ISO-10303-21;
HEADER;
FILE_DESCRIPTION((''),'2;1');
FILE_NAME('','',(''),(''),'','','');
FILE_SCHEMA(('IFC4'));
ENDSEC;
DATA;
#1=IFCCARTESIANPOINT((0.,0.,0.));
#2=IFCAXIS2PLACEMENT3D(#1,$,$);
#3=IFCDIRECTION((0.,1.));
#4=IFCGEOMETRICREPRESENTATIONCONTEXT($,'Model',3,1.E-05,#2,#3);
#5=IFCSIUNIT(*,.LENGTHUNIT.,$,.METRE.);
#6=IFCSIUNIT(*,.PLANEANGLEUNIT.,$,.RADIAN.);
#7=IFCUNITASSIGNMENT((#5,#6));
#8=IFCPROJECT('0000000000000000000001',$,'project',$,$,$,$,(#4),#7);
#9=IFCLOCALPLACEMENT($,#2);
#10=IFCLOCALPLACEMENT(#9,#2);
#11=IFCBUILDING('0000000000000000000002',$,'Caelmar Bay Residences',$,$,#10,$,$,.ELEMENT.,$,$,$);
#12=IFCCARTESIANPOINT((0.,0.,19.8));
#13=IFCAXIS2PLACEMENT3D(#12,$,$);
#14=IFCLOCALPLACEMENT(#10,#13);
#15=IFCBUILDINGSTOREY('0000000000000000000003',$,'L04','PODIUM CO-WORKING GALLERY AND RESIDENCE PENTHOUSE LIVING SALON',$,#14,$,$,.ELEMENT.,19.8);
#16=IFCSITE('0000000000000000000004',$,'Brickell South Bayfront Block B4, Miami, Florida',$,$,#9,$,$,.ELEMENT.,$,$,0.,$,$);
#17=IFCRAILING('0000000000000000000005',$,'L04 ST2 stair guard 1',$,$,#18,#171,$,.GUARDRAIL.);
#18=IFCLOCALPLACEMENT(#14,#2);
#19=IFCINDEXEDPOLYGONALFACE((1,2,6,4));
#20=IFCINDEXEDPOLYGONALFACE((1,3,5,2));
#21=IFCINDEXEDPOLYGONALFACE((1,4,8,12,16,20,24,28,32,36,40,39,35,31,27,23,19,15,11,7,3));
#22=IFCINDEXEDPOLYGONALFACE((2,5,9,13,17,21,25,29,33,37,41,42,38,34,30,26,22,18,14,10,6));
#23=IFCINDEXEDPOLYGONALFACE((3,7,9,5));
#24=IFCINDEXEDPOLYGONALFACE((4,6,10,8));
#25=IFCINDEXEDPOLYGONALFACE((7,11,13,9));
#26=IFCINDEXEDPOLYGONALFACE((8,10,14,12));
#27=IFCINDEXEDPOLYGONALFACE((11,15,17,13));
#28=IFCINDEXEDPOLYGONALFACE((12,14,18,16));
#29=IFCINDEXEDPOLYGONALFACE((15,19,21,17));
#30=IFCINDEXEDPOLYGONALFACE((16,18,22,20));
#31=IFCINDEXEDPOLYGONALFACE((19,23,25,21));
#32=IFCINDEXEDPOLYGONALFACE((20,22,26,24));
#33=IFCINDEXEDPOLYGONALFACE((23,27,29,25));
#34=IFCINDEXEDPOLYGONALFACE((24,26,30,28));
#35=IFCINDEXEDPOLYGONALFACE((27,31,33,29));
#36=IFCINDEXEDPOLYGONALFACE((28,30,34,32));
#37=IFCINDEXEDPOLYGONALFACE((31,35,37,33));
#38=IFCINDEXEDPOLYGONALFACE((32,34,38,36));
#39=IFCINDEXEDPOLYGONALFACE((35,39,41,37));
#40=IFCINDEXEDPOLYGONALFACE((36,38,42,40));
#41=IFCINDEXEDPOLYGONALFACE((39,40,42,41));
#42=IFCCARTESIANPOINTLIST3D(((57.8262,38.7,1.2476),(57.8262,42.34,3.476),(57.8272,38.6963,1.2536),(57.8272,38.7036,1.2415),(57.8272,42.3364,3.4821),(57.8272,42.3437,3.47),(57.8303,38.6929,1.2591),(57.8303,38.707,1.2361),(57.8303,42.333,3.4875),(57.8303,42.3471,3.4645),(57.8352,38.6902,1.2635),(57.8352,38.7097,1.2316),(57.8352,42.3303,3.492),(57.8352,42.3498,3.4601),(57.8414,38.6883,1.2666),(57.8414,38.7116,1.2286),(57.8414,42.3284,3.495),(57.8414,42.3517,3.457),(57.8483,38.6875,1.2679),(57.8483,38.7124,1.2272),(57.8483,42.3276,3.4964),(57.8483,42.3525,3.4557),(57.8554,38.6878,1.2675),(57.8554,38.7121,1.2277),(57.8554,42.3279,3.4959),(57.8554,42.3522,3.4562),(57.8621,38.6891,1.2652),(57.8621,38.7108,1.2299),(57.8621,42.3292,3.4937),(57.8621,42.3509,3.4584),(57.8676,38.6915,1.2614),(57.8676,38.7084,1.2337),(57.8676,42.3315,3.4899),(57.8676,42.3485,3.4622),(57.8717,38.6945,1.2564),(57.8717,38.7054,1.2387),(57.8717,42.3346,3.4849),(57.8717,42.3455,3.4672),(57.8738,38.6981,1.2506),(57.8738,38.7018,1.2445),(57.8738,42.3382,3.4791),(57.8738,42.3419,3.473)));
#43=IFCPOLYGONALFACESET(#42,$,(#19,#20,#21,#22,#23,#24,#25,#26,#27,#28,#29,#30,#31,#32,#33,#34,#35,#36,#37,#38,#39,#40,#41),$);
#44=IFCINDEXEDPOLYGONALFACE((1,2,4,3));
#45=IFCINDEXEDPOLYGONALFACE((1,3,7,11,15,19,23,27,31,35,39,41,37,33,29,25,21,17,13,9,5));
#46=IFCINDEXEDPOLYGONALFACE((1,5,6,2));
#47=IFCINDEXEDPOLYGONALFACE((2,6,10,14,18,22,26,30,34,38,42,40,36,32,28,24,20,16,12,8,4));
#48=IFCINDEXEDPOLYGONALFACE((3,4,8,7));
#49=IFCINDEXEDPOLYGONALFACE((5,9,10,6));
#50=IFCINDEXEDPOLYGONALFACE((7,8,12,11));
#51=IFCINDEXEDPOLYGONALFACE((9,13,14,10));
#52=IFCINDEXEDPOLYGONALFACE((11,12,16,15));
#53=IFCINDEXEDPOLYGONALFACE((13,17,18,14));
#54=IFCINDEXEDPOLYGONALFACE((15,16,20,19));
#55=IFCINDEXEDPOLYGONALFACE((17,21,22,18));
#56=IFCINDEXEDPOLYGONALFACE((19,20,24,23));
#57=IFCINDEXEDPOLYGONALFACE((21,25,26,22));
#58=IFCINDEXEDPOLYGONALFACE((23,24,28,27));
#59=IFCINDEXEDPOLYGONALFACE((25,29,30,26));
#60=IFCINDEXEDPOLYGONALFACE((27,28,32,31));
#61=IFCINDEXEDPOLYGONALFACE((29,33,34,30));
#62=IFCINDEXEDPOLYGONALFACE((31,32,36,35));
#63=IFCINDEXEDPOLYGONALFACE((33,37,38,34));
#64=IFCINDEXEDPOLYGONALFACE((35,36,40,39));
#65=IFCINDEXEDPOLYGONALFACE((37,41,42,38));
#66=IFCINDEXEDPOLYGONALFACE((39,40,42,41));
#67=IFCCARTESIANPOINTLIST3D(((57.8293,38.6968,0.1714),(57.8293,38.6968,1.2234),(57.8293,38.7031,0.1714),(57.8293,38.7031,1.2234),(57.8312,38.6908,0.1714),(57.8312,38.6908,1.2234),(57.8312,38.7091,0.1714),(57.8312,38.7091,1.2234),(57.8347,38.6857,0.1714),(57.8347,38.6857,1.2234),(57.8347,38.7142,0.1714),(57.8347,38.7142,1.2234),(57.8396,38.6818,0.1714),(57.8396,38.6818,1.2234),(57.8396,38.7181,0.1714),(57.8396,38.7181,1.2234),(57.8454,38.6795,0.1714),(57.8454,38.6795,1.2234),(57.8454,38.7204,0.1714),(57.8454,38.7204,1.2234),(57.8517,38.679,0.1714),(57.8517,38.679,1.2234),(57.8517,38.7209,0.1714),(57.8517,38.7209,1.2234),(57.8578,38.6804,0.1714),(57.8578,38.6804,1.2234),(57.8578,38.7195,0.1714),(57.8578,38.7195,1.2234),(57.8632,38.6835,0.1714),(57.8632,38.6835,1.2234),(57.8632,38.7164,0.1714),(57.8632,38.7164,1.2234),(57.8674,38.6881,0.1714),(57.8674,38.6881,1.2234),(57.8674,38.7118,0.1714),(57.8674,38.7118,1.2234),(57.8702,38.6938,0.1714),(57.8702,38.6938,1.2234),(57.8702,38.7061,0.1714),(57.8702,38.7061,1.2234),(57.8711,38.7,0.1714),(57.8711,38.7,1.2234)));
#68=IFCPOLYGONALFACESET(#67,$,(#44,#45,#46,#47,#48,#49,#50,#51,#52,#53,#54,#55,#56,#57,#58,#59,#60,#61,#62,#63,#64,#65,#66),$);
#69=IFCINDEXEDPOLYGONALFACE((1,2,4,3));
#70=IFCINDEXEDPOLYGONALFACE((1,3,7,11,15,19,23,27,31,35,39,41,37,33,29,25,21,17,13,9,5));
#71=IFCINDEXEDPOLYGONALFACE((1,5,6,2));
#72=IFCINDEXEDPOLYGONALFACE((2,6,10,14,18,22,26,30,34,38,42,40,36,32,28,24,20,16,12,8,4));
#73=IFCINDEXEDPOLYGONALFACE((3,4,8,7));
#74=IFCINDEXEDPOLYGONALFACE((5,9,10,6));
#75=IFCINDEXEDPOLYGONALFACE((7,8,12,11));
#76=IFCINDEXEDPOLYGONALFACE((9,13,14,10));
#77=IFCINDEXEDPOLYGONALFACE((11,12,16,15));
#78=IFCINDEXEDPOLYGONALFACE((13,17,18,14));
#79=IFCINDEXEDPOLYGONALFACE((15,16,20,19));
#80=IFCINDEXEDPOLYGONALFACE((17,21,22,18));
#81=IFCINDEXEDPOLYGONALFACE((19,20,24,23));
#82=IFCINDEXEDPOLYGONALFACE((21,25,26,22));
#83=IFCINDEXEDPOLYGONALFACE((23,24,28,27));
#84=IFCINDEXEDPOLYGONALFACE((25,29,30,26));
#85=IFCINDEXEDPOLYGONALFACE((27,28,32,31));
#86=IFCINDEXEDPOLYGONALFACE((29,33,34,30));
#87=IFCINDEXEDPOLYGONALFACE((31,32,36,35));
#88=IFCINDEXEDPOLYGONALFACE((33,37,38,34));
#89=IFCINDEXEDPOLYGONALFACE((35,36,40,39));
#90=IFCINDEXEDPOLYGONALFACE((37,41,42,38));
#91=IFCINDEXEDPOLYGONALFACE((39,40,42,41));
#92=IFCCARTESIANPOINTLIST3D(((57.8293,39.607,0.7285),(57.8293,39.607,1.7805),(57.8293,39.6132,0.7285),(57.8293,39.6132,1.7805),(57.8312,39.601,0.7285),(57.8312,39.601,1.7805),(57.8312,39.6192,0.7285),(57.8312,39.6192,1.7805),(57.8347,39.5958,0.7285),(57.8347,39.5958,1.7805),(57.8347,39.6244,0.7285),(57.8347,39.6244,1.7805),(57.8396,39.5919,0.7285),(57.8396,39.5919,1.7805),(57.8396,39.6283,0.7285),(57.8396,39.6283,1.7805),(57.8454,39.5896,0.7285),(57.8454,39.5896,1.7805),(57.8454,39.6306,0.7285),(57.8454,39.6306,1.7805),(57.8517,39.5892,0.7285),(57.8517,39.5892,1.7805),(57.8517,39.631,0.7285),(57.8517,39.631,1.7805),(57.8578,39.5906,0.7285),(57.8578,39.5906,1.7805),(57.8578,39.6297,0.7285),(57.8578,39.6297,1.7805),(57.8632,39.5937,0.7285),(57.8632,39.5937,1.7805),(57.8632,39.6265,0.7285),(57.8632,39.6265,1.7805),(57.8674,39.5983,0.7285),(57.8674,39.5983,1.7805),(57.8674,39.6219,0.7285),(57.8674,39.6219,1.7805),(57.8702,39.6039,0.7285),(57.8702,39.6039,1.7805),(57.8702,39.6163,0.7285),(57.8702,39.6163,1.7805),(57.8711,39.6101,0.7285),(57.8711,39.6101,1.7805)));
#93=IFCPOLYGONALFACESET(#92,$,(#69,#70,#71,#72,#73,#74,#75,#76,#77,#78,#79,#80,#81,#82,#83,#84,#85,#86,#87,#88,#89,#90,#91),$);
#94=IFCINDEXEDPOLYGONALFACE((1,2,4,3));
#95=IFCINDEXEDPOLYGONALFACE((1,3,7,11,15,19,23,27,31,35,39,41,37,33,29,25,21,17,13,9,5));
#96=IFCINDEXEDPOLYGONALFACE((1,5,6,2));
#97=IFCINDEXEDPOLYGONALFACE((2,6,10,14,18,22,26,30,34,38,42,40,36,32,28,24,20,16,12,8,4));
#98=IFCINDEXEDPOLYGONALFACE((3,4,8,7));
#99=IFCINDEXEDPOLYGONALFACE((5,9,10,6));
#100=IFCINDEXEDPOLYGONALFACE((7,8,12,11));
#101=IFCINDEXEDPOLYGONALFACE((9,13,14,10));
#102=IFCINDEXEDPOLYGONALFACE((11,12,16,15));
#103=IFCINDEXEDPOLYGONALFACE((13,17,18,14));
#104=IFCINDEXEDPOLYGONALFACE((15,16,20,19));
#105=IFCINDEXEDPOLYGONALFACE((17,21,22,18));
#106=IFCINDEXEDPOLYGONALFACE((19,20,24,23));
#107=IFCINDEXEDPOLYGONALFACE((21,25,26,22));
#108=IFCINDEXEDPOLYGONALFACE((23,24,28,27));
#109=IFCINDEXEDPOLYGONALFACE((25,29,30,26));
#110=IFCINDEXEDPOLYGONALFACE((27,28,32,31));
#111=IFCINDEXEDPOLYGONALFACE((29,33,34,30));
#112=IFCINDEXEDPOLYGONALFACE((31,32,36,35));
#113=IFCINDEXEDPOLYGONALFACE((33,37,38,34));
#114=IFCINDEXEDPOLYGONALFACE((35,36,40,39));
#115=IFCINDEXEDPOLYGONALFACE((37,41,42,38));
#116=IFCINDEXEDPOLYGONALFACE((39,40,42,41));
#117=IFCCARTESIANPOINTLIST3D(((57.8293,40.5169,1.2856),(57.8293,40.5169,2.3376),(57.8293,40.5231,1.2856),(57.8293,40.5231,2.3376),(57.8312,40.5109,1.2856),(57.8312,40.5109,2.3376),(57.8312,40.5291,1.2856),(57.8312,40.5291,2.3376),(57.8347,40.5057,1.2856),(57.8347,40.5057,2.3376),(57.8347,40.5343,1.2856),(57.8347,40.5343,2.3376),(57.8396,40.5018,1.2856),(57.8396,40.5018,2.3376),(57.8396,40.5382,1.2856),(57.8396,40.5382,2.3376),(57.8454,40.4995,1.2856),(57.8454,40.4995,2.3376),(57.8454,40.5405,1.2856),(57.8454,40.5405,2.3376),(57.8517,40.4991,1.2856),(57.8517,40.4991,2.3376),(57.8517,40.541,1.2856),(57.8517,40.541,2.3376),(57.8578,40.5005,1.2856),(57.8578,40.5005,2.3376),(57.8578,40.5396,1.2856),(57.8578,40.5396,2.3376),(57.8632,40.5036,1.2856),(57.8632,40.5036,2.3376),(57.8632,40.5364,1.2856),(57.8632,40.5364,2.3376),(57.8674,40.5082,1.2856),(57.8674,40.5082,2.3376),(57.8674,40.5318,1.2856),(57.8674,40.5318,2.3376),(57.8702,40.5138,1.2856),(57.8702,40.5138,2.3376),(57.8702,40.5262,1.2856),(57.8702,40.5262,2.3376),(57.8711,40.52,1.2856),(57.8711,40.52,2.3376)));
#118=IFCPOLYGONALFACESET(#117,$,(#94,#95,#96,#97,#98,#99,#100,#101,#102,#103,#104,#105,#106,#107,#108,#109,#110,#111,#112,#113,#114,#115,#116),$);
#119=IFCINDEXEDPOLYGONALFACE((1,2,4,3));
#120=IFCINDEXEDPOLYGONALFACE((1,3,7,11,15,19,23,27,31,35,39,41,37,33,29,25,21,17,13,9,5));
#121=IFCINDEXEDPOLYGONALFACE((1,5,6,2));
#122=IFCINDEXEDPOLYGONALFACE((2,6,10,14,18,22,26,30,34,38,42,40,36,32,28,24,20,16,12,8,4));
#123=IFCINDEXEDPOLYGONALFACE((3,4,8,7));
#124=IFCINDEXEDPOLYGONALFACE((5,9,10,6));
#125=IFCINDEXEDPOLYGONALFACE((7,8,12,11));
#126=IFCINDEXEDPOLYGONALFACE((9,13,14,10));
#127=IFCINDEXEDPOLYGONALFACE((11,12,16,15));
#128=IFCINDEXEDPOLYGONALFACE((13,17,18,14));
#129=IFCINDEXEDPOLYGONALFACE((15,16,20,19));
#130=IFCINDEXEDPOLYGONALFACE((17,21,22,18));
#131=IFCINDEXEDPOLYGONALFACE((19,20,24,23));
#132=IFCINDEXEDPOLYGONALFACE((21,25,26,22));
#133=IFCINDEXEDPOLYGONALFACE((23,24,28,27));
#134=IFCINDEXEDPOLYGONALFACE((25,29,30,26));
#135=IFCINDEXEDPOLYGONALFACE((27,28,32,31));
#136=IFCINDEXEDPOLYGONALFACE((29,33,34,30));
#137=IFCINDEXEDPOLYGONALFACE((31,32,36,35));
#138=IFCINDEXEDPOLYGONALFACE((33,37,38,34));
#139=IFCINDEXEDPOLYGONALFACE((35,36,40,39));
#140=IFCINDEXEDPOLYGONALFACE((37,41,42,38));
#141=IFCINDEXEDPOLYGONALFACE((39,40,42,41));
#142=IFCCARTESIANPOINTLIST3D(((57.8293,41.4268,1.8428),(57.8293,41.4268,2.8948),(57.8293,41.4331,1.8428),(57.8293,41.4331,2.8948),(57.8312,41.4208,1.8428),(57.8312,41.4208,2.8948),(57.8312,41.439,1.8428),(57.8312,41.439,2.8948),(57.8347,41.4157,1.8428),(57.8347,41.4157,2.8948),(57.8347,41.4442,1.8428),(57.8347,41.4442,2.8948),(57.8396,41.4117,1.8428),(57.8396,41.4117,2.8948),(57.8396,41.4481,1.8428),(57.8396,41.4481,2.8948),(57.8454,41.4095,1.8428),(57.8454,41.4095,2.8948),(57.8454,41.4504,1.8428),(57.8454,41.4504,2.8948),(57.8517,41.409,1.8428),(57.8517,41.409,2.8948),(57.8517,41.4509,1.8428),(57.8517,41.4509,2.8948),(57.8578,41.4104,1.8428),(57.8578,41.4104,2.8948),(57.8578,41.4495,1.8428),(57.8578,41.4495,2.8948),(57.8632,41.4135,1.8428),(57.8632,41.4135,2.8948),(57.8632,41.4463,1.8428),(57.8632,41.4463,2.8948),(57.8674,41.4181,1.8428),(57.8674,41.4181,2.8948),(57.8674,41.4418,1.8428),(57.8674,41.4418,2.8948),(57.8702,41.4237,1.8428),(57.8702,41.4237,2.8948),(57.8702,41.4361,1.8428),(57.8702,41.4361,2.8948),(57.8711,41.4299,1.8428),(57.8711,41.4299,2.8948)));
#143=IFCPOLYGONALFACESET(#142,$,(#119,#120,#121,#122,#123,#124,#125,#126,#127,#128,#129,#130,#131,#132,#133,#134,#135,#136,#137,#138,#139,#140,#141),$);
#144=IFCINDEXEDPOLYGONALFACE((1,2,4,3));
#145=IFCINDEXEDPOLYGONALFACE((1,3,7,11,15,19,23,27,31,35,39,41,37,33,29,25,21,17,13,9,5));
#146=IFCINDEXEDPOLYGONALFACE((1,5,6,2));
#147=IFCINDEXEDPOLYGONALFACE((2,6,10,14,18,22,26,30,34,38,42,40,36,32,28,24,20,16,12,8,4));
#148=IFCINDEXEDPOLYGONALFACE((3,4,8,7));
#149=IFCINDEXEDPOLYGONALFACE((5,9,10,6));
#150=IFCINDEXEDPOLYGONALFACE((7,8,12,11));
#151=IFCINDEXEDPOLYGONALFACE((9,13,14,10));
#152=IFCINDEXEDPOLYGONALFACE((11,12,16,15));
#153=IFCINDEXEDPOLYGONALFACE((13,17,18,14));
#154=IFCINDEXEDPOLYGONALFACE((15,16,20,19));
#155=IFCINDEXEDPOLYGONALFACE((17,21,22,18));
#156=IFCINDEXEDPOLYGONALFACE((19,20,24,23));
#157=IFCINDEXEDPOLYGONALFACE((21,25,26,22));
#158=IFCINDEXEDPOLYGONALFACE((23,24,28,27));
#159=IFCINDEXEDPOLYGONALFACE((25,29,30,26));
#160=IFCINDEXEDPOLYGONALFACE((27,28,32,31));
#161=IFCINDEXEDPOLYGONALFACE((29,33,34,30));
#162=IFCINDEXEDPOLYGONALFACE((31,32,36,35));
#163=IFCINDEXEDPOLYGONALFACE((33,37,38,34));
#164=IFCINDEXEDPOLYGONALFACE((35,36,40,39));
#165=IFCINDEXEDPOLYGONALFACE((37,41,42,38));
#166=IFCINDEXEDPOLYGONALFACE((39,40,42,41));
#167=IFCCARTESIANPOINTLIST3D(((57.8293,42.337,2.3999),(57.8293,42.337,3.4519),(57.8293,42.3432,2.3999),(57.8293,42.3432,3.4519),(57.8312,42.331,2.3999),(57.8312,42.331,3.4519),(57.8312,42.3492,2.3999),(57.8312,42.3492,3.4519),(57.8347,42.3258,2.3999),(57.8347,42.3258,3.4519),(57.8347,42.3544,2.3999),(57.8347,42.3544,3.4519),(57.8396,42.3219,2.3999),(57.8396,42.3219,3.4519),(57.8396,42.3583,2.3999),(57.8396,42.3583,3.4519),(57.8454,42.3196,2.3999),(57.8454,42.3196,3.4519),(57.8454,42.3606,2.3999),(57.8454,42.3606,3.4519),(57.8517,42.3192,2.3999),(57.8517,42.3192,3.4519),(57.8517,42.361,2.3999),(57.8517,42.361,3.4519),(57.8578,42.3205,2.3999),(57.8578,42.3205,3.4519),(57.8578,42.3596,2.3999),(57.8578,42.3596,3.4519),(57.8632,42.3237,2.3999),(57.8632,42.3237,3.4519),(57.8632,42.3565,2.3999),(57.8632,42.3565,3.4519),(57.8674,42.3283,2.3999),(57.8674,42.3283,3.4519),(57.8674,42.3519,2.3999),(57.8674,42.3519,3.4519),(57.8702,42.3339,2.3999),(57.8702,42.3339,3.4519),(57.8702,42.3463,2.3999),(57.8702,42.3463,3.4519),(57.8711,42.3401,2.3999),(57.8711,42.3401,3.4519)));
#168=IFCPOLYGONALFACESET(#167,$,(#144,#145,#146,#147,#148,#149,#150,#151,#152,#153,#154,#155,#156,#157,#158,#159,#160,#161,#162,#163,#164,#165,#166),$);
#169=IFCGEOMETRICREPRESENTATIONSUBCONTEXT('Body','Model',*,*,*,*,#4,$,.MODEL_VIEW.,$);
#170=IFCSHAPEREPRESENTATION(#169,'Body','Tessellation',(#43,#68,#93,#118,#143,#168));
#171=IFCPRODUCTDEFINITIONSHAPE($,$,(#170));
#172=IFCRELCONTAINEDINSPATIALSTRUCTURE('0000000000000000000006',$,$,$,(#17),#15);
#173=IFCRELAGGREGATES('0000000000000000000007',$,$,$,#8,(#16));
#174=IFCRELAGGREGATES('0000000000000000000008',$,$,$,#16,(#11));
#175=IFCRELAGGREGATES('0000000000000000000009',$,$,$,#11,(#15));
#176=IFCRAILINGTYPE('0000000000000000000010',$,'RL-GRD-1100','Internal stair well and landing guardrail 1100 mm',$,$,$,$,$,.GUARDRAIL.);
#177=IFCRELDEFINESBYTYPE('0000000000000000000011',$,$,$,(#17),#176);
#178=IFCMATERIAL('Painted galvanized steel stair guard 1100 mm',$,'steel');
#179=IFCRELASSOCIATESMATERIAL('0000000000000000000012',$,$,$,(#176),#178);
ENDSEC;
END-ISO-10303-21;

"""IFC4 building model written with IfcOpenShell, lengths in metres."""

from ifc_helpers import new_model, si_unit, direction, frame, origin, origin_2d, place, context, subcontext, project, spatial, circle, extrude, material, type_object, element, save


model = new_model("IFC4")

# Units and contexts
model_context = context("Model", 3, precision=1e-05, world=origin(), true_north=direction((0.0, 1.0)))
body_context = subcontext(model_context, "Body", "Model", "MODEL_VIEW")
ifc_project = project(units=[si_unit("LENGTHUNIT", "METRE"), si_unit("PLANEANGLEUNIT", "RADIAN")], contexts=[model_context])

# Site, building, storey
site_placement = place(None, origin())
site = spatial("IfcSite", under=ifc_project, at=site_placement, Name="Brickell South Bayfront Block B4, Miami, Florida", CompositionType="ELEMENT", RefElevation=0.0)
building_placement = place(site_placement, origin())
building = spatial("IfcBuilding", under=site, at=building_placement, Name="Caelmar Bay Residences", CompositionType="ELEMENT")
storey_placement = place(building_placement, frame((0.0, 0.0, 19.8)))
storey = spatial("IfcBuildingStorey", under=building, at=storey_placement, Name="L04", Description="PODIUM CO-WORKING GALLERY AND RESIDENCE PENTHOUSE LIVING SALON", CompositionType="ELEMENT", Elevation=19.8)

# Railing
ifc_material_1 = material(Name="Painted galvanized steel stair guard 1100 mm", Category="steel")
railing_type_1 = type_object("IfcRailingType", Name="RL-GRD-1100", Description="Internal stair well and landing guardrail 1100 mm", PredefinedType="GUARDRAIL", material=ifc_material_1)
railing_1_placement = place(storey_placement, frame((57.8501, 38.7, 0.1714)))
element("IfcRailing", 1, at=railing_1_placement, inside=storey, type_object=railing_type_1, Name="L04 ST2 stair guard 1", PredefinedType="GUARDRAIL", context=body_context, shape_type="SweptSolid", body=[
    extrude(circle(Radius=0.0239, at=origin_2d()), frame((0.0, 0.0, 1.0762), z_axis=(0.0, 0.852866, 0.52213), x_axis=(-1.0, 0.0, 0.0)), (0.0, 0.0, 1.0), 4.2681),
    extrude(circle(Radius=0.021, at=origin_2d()), origin(), (0.0, 0.0, 1.0), 1.052),
    extrude(circle(Radius=0.021, at=origin_2d()), frame((0.0, 0.9102, 0.5571)), (0.0, 0.0, 1.0), 1.052),
    extrude(circle(Radius=0.021, at=origin_2d()), frame((0.0, 1.8201, 1.1143)), (0.0, 0.0, 1.0), 1.052),
    extrude(circle(Radius=0.021, at=origin_2d()), frame((0.0, 2.73, 1.6714)), (0.0, 0.0, 1.0), 1.052),
    extrude(circle(Radius=0.021, at=origin_2d()), frame((0.0, 3.6401, 2.2285)), (0.0, 0.0, 1.0), 1.052),
])

save(model, "model.ifc")
